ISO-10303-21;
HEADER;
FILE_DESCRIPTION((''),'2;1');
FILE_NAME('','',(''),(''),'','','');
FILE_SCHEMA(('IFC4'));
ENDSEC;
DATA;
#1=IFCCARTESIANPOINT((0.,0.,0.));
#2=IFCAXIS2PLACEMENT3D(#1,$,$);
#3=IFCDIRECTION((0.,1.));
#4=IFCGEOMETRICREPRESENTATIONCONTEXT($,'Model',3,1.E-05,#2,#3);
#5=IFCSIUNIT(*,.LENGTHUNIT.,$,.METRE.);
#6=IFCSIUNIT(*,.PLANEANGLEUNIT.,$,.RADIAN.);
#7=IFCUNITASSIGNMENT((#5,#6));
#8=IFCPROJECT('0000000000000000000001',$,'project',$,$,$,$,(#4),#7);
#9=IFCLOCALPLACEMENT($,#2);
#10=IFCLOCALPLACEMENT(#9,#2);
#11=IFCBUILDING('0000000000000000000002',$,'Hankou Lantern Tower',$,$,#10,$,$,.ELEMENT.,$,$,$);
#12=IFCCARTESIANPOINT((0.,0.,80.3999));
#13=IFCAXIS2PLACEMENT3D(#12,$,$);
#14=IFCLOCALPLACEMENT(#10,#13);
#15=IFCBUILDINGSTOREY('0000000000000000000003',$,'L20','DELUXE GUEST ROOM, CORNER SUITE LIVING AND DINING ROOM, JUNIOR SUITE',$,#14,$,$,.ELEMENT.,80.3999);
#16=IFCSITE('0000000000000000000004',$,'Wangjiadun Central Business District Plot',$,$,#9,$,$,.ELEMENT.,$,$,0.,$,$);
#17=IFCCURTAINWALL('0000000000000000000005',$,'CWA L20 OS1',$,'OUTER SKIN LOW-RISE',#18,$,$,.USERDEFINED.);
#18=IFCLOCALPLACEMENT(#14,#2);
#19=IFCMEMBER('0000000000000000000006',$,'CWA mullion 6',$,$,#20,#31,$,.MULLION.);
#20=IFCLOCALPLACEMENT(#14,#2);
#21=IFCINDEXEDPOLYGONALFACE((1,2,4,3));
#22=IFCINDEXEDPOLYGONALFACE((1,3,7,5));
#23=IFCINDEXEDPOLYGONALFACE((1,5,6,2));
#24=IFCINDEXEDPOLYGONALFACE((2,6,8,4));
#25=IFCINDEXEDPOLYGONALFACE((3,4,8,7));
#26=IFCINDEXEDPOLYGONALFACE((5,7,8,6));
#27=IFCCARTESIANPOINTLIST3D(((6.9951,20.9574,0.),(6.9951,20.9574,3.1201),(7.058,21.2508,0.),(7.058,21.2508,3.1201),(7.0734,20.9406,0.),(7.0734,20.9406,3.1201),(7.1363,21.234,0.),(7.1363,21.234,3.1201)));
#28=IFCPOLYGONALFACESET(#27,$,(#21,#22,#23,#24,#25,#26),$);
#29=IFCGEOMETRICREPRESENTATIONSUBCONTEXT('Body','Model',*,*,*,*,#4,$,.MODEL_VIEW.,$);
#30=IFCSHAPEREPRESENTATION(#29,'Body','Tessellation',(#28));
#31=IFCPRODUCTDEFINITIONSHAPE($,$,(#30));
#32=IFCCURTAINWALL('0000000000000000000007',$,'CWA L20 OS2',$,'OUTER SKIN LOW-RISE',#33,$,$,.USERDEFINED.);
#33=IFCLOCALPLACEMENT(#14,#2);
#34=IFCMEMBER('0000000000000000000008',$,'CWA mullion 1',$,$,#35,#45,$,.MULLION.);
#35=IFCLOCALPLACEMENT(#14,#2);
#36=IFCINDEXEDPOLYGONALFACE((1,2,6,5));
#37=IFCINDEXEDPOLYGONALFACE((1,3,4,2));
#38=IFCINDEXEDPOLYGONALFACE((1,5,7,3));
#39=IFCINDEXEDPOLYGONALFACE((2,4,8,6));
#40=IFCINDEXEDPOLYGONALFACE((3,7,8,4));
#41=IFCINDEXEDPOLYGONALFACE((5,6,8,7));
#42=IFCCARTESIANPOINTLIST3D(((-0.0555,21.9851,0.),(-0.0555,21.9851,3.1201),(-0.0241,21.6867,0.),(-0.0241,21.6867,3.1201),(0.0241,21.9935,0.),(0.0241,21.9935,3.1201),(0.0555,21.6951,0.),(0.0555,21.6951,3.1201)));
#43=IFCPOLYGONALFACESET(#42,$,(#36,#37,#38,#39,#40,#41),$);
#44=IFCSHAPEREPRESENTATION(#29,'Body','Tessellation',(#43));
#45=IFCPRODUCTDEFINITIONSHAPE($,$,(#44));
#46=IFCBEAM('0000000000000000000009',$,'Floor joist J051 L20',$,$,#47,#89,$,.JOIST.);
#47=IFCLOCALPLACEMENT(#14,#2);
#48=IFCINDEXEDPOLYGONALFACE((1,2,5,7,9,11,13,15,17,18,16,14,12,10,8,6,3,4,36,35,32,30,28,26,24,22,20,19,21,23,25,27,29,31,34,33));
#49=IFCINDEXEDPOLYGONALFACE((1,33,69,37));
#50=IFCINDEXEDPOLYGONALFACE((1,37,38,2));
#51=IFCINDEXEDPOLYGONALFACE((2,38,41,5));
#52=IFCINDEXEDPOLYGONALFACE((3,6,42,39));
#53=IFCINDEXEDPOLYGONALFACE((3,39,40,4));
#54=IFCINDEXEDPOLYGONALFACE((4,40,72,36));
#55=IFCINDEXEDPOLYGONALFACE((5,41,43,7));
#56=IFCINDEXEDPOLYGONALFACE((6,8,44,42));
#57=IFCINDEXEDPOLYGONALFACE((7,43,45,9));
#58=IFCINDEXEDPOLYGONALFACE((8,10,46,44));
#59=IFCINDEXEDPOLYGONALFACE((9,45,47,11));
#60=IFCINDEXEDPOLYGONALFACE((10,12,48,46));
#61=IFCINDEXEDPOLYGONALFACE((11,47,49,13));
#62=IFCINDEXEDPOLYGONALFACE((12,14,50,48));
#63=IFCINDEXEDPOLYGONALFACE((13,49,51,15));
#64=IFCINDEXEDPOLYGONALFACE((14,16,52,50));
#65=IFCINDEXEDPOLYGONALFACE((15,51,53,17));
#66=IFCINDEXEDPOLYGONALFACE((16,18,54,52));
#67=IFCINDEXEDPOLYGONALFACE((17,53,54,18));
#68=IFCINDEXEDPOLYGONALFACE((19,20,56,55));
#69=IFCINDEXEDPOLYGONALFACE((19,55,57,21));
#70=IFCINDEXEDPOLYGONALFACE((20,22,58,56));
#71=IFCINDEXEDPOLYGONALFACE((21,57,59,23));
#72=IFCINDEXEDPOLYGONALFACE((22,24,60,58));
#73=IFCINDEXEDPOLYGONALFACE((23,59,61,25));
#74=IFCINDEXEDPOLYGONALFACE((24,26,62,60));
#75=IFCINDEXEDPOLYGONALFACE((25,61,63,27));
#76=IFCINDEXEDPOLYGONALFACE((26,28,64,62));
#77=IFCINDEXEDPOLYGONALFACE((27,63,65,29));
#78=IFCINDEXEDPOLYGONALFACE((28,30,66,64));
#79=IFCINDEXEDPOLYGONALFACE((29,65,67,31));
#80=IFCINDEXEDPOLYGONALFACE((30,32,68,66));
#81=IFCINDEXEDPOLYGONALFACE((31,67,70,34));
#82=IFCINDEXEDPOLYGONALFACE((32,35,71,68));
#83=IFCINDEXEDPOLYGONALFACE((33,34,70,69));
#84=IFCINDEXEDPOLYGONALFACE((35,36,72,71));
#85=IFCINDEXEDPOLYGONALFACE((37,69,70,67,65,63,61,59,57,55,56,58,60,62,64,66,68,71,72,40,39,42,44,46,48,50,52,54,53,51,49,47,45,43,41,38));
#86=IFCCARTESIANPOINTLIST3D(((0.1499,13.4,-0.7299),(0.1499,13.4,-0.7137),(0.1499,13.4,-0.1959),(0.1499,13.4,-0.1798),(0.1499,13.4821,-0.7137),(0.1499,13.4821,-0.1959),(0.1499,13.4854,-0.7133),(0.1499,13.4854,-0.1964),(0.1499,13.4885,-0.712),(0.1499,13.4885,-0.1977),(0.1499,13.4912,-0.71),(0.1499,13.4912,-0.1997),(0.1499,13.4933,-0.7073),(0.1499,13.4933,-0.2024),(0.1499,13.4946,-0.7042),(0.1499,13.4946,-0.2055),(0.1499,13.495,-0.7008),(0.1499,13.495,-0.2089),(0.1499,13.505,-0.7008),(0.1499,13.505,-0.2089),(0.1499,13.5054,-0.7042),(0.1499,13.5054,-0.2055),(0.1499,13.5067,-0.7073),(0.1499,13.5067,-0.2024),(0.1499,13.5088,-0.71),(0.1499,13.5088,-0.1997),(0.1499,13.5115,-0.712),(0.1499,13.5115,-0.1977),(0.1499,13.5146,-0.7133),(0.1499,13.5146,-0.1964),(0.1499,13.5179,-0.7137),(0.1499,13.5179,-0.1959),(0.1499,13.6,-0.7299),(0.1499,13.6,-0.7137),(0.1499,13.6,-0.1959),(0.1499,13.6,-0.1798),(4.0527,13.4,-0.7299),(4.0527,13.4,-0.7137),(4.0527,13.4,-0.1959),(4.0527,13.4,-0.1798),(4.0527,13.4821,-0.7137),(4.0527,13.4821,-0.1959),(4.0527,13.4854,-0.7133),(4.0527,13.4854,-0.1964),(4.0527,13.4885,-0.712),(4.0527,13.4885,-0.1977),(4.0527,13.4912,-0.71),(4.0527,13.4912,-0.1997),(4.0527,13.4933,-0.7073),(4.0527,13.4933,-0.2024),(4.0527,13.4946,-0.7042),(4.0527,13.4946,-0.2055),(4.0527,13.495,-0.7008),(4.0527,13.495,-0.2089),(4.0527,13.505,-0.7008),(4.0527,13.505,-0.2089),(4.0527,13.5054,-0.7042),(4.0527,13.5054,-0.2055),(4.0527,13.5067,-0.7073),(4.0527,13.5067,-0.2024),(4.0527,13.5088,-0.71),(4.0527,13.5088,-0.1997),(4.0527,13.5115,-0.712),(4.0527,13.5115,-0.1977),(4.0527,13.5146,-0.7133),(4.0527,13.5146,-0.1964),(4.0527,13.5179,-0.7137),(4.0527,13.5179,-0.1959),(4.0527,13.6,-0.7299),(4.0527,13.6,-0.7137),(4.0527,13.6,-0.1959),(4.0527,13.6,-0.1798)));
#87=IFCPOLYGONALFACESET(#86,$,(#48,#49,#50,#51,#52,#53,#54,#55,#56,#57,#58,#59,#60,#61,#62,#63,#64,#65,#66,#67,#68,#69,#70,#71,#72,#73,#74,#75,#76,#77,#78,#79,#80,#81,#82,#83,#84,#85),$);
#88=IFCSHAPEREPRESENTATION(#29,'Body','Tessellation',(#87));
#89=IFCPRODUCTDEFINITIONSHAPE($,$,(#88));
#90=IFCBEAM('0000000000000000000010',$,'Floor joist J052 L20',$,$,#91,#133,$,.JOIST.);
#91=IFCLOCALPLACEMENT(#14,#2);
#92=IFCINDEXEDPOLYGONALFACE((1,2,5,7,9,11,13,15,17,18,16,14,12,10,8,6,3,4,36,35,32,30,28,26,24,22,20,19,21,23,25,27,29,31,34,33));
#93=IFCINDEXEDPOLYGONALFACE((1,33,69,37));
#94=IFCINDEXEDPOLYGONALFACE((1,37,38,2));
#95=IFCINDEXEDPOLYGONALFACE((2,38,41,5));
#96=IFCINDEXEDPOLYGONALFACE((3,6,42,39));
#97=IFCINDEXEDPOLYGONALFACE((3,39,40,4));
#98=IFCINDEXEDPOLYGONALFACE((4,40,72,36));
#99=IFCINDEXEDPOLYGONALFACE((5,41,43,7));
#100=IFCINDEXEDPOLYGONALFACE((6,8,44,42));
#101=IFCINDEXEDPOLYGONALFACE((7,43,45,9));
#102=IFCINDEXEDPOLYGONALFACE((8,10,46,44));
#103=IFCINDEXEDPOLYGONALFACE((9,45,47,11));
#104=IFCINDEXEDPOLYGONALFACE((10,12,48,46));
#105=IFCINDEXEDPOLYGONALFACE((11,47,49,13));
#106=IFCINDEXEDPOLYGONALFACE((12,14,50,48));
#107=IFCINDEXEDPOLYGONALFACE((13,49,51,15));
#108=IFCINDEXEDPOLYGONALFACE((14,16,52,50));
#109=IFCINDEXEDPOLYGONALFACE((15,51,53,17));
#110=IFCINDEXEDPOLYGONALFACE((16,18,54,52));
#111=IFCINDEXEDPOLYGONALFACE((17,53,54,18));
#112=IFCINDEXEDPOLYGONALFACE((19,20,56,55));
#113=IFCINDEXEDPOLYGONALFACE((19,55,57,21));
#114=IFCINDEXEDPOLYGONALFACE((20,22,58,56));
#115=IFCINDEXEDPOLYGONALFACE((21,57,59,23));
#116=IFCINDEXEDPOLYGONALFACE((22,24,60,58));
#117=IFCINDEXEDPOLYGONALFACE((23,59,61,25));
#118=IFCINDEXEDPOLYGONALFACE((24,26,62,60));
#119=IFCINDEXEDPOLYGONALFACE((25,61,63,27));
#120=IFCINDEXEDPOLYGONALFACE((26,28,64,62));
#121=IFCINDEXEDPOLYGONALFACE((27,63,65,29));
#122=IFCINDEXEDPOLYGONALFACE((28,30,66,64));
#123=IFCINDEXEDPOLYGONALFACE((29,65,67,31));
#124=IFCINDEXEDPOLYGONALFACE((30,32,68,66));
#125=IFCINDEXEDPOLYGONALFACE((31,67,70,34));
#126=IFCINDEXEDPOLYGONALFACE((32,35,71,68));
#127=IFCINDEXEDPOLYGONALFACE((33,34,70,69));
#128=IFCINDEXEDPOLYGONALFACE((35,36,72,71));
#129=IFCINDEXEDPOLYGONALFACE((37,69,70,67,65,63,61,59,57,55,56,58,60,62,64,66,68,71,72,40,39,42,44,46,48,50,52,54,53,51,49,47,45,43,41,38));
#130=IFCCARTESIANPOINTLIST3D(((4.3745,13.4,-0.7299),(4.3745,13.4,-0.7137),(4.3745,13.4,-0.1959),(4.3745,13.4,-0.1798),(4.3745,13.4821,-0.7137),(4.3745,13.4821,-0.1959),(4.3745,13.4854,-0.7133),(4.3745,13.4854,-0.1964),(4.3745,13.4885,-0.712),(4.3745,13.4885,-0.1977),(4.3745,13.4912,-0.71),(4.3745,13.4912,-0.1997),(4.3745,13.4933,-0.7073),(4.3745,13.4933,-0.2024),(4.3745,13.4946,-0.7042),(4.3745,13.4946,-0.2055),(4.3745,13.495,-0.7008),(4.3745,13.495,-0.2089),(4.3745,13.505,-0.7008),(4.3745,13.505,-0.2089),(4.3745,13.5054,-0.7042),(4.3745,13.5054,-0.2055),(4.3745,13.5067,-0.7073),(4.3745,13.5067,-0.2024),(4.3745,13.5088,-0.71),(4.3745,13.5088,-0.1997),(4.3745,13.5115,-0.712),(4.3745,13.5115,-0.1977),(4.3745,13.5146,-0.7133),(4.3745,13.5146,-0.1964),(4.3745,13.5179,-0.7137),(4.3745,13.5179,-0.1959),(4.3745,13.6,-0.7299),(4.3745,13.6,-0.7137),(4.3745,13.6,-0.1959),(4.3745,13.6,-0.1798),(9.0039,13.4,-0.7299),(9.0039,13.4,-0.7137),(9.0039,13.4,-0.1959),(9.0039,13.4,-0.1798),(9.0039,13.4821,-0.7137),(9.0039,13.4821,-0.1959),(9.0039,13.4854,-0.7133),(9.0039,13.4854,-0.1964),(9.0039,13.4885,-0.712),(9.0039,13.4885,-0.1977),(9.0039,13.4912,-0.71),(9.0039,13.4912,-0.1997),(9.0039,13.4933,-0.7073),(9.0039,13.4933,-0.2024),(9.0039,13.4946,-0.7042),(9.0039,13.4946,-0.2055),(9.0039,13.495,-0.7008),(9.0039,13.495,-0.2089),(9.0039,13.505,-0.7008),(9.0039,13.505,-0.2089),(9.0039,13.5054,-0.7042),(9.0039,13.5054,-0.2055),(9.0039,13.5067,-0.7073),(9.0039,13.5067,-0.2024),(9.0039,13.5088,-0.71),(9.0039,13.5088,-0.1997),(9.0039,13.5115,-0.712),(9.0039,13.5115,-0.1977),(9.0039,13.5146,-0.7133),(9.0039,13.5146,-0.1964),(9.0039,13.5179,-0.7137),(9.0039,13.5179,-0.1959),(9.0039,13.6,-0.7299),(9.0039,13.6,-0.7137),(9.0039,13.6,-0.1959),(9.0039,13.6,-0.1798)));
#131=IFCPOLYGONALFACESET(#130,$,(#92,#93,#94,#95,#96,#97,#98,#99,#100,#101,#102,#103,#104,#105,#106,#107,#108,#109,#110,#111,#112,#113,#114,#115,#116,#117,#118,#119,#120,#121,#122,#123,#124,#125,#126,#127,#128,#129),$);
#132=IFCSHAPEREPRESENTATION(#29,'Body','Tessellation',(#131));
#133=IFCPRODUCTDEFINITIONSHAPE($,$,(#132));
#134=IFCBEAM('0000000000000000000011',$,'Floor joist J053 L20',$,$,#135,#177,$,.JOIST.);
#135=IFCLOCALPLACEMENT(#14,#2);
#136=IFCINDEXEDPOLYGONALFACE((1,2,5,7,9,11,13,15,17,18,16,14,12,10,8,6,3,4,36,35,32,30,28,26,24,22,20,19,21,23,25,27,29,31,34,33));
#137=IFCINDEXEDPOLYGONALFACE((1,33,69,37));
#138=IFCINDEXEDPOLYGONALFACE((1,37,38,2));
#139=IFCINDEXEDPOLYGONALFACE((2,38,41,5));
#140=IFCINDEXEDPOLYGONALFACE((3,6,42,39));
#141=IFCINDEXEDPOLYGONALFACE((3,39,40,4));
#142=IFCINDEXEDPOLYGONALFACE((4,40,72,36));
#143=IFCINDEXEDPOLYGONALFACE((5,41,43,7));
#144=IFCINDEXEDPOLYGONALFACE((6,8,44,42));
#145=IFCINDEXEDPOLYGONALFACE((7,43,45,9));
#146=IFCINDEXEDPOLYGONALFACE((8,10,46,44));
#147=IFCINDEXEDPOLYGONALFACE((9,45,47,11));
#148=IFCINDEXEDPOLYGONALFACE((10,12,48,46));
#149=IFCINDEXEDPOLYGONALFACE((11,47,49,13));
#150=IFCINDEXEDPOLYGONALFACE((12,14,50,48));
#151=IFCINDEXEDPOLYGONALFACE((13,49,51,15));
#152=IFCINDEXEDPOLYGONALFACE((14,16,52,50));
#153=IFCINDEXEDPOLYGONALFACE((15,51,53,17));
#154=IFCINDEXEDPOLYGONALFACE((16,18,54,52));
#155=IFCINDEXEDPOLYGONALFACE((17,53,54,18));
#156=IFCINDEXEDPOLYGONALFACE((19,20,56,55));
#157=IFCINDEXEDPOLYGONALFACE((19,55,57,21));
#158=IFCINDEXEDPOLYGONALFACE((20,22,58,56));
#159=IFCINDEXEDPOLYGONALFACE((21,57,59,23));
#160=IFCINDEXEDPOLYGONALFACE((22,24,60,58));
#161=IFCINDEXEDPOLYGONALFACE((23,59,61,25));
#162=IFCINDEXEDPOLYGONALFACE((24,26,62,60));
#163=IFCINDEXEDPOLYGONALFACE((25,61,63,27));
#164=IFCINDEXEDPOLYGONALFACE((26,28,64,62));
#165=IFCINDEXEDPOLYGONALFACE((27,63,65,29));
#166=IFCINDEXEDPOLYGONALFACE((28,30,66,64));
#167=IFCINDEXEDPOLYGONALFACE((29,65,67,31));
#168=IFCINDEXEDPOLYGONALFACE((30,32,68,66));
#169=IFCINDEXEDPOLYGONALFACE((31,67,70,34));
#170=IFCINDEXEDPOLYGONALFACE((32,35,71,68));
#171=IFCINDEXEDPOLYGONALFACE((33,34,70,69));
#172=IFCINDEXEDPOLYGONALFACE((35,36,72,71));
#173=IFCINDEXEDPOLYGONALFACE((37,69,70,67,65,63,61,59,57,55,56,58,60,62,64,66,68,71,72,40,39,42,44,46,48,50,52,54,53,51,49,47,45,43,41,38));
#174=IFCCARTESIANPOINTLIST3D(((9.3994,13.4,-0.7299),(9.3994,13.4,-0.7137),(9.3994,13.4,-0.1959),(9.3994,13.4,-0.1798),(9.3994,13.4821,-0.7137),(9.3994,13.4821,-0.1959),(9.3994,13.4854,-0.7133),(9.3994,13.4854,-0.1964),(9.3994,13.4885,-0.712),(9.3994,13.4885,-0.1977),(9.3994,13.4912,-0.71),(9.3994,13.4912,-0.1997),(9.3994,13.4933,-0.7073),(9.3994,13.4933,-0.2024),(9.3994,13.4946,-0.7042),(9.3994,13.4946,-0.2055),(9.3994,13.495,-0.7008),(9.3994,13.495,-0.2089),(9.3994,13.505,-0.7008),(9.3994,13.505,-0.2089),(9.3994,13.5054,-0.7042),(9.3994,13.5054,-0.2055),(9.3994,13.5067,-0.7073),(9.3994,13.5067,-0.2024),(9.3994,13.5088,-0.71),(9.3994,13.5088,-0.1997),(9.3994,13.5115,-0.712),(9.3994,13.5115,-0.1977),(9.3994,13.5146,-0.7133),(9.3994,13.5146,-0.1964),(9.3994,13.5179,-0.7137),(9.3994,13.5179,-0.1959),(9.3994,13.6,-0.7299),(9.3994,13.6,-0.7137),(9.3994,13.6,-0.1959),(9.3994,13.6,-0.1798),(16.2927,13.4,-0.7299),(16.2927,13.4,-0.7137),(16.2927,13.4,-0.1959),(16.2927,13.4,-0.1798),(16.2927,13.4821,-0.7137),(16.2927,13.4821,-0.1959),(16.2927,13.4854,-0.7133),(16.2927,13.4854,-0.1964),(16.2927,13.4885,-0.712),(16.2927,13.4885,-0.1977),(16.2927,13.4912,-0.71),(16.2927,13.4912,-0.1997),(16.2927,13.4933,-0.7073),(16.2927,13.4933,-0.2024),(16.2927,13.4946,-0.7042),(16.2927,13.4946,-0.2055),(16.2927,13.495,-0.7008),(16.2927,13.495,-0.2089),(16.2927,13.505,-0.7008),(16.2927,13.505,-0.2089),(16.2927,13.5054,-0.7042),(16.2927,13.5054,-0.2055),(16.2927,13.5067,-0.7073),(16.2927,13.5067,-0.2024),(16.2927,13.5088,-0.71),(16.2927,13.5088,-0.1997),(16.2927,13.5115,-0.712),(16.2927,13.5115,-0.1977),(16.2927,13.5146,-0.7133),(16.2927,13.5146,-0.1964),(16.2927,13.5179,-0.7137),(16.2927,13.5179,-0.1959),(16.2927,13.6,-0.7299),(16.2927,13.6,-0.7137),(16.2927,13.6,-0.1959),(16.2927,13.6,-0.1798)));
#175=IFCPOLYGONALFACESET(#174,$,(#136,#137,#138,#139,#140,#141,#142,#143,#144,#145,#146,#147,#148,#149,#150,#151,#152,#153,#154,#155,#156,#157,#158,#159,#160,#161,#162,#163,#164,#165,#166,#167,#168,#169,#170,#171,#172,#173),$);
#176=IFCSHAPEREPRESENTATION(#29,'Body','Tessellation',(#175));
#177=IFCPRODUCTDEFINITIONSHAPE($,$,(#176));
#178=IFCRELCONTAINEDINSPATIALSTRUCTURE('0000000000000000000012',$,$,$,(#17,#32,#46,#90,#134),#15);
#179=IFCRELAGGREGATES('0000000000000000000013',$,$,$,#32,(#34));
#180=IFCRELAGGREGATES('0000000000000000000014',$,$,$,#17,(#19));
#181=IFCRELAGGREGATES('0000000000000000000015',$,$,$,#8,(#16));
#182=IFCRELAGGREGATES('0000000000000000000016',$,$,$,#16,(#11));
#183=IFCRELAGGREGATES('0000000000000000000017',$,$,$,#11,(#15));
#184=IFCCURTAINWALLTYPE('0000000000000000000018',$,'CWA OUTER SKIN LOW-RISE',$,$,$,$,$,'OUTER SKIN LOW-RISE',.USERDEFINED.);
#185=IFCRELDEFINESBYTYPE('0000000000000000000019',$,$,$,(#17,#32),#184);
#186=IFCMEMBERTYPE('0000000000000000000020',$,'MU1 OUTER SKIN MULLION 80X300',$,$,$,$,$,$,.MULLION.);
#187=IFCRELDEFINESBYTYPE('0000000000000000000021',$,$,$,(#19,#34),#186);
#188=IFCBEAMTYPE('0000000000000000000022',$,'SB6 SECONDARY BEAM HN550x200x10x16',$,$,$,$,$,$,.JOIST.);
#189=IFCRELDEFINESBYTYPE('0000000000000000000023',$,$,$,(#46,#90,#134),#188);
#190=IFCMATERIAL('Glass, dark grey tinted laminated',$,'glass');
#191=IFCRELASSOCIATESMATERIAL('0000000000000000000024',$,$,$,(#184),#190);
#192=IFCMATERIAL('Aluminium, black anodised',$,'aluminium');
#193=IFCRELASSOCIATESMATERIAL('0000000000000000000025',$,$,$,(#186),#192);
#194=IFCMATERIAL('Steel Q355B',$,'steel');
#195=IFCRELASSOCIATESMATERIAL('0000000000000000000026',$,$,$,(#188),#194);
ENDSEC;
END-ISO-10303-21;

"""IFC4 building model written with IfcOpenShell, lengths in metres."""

from ifc_helpers import new_model, si_unit, direction, frame, origin, origin_2d, place, context, subcontext, project, spatial, rectangle, i_section, extrude, material, material_profile, profile_set, type_object, element, aggregate, save


model = new_model("IFC4")

# Units and contexts
model_context = context("Model", 3, precision=1e-05, world=origin(), true_north=direction((0.0, 1.0)))
body_context = subcontext(model_context, "Body", "Model", "MODEL_VIEW")
ifc_project = project(units=[si_unit("LENGTHUNIT", "METRE"), si_unit("PLANEANGLEUNIT", "RADIAN")], contexts=[model_context])

# Site, building, storey
site_placement = place(None, origin())
site = spatial("IfcSite", under=ifc_project, at=site_placement, Name="Wangjiadun Central Business District Plot", CompositionType="ELEMENT", RefElevation=0.0)
building_placement = place(site_placement, origin())
building = spatial("IfcBuilding", under=site, at=building_placement, Name="Hankou Lantern Tower", CompositionType="ELEMENT")
storey_placement = place(building_placement, frame((0.0, 0.0, 80.3999)))
storey = spatial("IfcBuildingStorey", under=building, at=storey_placement, Name="L20", Description="DELUXE GUEST ROOM, CORNER SUITE LIVING AND DINING ROOM, JUNIOR SUITE", CompositionType="ELEMENT", Elevation=80.3999)

# Curtain walls, members
ifc_material_1 = material(Name="Glass, dark grey tinted laminated", Category="glass")
curtain_wall_type = type_object("IfcCurtainWallType", Name="CWA OUTER SKIN LOW-RISE", ElementType="OUTER SKIN LOW-RISE", PredefinedType="USERDEFINED", material=ifc_material_1)
curtain_wall_1_placement = place(storey_placement, origin())
curtain_wall_1 = element("IfcCurtainWall", 1, at=curtain_wall_1_placement, inside=storey, type_object=curtain_wall_type, Name="CWA L20 OS1", ObjectType="OUTER SKIN LOW-RISE", PredefinedType="USERDEFINED")
ifc_material_2 = material(Name="Aluminium, black anodised", Category="aluminium")
ifc_material_profile_1 = material_profile(ifc_material_2, rectangle(XDim=0.0801, YDim=0.3, at=origin_2d()), Name="MU1 80X300")
ifc_profile_set_1 = profile_set([ifc_material_profile_1], Name="Aluminium, black anodised")
member_type_1 = type_object("IfcMemberType", Name="MU1 OUTER SKIN MULLION 80X300", PredefinedType="MULLION", material=ifc_profile_set_1)
member_1_placement = place(storey_placement, frame((7.0657, 21.0957, 0.0), z_axis=(0.0, 0.0, 1.0), x_axis=(-0.977788, 0.209598, 0.0)))
member_1 = element("IfcMember", 2, at=member_1_placement, type_object=member_type_1, Name="CWA mullion 6", PredefinedType="MULLION", context=body_context, shape_type="SweptSolid", body=[
    extrude(rectangle(XDim=0.0801, YDim=0.3, at=origin_2d()), origin(), (0.0, 0.0, 1.0), 3.1201),
])
curtain_wall_2_placement = place(storey_placement, origin())
curtain_wall_2 = element("IfcCurtainWall", 3, at=curtain_wall_2_placement, inside=storey, type_object=curtain_wall_type, Name="CWA L20 OS2", ObjectType="OUTER SKIN LOW-RISE", PredefinedType="USERDEFINED")
member_2_placement = place(storey_placement, frame((0.0, 21.8401, 0.0), z_axis=(0.0, 0.0, 1.0), x_axis=(-0.994499, -0.104743, 0.0)))
member_2 = element("IfcMember", 4, at=member_2_placement, type_object=member_type_1, Name="CWA mullion 1", PredefinedType="MULLION", context=body_context, shape_type="SweptSolid", body=[
    extrude(rectangle(XDim=0.0801, YDim=0.3, at=origin_2d()), origin(), (0.0, 0.0, 1.0), 3.1201),
])
aggregate(curtain_wall_2, [member_2])

# Beams
ifc_material_3 = material(Name="Steel Q355B", Category="steel")
ifc_material_profile_2 = material_profile(ifc_material_3, i_section(OverallWidth=0.2, OverallDepth=0.55, WebThickness=0.01, FlangeThickness=0.0161, FilletRadius=0.0129, at=origin_2d()), Name="HN550x200x10x16")
ifc_profile_set_2 = profile_set([ifc_material_profile_2], Name="Steel Q355B")
beam_type_1 = type_object("IfcBeamType", Name="SB6 SECONDARY BEAM HN550x200x10x16", PredefinedType="JOIST", material=ifc_profile_set_2)
beam_1_placement = place(storey_placement, frame((0.1499, 13.5, -0.4548), z_axis=(1.0, 0.0, 0.0), x_axis=(0.0, 1.0, 0.0)))
element("IfcBeam", 5, at=beam_1_placement, inside=storey, type_object=beam_type_1, Name="Floor joist J051 L20", PredefinedType="JOIST", context=body_context, shape_type="SweptSolid", body=[
    extrude(i_section(OverallWidth=0.2, OverallDepth=0.55, WebThickness=0.01, FlangeThickness=0.0161, FilletRadius=0.0129, at=origin_2d()), origin(), (0.0, 0.0, 1.0), 3.9028),
])
beam_2_placement = place(storey_placement, frame((4.3745, 13.5, -0.4548), z_axis=(1.0, 0.0, 0.0), x_axis=(0.0, 1.0, 0.0)))
element("IfcBeam", 6, at=beam_2_placement, inside=storey, type_object=beam_type_1, Name="Floor joist J052 L20", PredefinedType="JOIST", context=body_context, shape_type="SweptSolid", body=[
    extrude(i_section(OverallWidth=0.2, OverallDepth=0.55, WebThickness=0.01, FlangeThickness=0.0161, FilletRadius=0.0129, at=origin_2d()), origin(), (0.0, 0.0, 1.0), 4.6294),
])
beam_3_placement = place(storey_placement, frame((9.3994, 13.5, -0.4548), z_axis=(1.0, 0.0, 0.0), x_axis=(0.0, 1.0, 0.0)))
element("IfcBeam", 7, at=beam_3_placement, inside=storey, type_object=beam_type_1, Name="Floor joist J053 L20", PredefinedType="JOIST", context=body_context, shape_type="SweptSolid", body=[
    extrude(i_section(OverallWidth=0.2, OverallDepth=0.55, WebThickness=0.01, FlangeThickness=0.0161, FilletRadius=0.0129, at=origin_2d()), origin(), (0.0, 0.0, 1.0), 6.8933),
])

aggregate(curtain_wall_1, [member_1])

save(model, "model.ifc")
